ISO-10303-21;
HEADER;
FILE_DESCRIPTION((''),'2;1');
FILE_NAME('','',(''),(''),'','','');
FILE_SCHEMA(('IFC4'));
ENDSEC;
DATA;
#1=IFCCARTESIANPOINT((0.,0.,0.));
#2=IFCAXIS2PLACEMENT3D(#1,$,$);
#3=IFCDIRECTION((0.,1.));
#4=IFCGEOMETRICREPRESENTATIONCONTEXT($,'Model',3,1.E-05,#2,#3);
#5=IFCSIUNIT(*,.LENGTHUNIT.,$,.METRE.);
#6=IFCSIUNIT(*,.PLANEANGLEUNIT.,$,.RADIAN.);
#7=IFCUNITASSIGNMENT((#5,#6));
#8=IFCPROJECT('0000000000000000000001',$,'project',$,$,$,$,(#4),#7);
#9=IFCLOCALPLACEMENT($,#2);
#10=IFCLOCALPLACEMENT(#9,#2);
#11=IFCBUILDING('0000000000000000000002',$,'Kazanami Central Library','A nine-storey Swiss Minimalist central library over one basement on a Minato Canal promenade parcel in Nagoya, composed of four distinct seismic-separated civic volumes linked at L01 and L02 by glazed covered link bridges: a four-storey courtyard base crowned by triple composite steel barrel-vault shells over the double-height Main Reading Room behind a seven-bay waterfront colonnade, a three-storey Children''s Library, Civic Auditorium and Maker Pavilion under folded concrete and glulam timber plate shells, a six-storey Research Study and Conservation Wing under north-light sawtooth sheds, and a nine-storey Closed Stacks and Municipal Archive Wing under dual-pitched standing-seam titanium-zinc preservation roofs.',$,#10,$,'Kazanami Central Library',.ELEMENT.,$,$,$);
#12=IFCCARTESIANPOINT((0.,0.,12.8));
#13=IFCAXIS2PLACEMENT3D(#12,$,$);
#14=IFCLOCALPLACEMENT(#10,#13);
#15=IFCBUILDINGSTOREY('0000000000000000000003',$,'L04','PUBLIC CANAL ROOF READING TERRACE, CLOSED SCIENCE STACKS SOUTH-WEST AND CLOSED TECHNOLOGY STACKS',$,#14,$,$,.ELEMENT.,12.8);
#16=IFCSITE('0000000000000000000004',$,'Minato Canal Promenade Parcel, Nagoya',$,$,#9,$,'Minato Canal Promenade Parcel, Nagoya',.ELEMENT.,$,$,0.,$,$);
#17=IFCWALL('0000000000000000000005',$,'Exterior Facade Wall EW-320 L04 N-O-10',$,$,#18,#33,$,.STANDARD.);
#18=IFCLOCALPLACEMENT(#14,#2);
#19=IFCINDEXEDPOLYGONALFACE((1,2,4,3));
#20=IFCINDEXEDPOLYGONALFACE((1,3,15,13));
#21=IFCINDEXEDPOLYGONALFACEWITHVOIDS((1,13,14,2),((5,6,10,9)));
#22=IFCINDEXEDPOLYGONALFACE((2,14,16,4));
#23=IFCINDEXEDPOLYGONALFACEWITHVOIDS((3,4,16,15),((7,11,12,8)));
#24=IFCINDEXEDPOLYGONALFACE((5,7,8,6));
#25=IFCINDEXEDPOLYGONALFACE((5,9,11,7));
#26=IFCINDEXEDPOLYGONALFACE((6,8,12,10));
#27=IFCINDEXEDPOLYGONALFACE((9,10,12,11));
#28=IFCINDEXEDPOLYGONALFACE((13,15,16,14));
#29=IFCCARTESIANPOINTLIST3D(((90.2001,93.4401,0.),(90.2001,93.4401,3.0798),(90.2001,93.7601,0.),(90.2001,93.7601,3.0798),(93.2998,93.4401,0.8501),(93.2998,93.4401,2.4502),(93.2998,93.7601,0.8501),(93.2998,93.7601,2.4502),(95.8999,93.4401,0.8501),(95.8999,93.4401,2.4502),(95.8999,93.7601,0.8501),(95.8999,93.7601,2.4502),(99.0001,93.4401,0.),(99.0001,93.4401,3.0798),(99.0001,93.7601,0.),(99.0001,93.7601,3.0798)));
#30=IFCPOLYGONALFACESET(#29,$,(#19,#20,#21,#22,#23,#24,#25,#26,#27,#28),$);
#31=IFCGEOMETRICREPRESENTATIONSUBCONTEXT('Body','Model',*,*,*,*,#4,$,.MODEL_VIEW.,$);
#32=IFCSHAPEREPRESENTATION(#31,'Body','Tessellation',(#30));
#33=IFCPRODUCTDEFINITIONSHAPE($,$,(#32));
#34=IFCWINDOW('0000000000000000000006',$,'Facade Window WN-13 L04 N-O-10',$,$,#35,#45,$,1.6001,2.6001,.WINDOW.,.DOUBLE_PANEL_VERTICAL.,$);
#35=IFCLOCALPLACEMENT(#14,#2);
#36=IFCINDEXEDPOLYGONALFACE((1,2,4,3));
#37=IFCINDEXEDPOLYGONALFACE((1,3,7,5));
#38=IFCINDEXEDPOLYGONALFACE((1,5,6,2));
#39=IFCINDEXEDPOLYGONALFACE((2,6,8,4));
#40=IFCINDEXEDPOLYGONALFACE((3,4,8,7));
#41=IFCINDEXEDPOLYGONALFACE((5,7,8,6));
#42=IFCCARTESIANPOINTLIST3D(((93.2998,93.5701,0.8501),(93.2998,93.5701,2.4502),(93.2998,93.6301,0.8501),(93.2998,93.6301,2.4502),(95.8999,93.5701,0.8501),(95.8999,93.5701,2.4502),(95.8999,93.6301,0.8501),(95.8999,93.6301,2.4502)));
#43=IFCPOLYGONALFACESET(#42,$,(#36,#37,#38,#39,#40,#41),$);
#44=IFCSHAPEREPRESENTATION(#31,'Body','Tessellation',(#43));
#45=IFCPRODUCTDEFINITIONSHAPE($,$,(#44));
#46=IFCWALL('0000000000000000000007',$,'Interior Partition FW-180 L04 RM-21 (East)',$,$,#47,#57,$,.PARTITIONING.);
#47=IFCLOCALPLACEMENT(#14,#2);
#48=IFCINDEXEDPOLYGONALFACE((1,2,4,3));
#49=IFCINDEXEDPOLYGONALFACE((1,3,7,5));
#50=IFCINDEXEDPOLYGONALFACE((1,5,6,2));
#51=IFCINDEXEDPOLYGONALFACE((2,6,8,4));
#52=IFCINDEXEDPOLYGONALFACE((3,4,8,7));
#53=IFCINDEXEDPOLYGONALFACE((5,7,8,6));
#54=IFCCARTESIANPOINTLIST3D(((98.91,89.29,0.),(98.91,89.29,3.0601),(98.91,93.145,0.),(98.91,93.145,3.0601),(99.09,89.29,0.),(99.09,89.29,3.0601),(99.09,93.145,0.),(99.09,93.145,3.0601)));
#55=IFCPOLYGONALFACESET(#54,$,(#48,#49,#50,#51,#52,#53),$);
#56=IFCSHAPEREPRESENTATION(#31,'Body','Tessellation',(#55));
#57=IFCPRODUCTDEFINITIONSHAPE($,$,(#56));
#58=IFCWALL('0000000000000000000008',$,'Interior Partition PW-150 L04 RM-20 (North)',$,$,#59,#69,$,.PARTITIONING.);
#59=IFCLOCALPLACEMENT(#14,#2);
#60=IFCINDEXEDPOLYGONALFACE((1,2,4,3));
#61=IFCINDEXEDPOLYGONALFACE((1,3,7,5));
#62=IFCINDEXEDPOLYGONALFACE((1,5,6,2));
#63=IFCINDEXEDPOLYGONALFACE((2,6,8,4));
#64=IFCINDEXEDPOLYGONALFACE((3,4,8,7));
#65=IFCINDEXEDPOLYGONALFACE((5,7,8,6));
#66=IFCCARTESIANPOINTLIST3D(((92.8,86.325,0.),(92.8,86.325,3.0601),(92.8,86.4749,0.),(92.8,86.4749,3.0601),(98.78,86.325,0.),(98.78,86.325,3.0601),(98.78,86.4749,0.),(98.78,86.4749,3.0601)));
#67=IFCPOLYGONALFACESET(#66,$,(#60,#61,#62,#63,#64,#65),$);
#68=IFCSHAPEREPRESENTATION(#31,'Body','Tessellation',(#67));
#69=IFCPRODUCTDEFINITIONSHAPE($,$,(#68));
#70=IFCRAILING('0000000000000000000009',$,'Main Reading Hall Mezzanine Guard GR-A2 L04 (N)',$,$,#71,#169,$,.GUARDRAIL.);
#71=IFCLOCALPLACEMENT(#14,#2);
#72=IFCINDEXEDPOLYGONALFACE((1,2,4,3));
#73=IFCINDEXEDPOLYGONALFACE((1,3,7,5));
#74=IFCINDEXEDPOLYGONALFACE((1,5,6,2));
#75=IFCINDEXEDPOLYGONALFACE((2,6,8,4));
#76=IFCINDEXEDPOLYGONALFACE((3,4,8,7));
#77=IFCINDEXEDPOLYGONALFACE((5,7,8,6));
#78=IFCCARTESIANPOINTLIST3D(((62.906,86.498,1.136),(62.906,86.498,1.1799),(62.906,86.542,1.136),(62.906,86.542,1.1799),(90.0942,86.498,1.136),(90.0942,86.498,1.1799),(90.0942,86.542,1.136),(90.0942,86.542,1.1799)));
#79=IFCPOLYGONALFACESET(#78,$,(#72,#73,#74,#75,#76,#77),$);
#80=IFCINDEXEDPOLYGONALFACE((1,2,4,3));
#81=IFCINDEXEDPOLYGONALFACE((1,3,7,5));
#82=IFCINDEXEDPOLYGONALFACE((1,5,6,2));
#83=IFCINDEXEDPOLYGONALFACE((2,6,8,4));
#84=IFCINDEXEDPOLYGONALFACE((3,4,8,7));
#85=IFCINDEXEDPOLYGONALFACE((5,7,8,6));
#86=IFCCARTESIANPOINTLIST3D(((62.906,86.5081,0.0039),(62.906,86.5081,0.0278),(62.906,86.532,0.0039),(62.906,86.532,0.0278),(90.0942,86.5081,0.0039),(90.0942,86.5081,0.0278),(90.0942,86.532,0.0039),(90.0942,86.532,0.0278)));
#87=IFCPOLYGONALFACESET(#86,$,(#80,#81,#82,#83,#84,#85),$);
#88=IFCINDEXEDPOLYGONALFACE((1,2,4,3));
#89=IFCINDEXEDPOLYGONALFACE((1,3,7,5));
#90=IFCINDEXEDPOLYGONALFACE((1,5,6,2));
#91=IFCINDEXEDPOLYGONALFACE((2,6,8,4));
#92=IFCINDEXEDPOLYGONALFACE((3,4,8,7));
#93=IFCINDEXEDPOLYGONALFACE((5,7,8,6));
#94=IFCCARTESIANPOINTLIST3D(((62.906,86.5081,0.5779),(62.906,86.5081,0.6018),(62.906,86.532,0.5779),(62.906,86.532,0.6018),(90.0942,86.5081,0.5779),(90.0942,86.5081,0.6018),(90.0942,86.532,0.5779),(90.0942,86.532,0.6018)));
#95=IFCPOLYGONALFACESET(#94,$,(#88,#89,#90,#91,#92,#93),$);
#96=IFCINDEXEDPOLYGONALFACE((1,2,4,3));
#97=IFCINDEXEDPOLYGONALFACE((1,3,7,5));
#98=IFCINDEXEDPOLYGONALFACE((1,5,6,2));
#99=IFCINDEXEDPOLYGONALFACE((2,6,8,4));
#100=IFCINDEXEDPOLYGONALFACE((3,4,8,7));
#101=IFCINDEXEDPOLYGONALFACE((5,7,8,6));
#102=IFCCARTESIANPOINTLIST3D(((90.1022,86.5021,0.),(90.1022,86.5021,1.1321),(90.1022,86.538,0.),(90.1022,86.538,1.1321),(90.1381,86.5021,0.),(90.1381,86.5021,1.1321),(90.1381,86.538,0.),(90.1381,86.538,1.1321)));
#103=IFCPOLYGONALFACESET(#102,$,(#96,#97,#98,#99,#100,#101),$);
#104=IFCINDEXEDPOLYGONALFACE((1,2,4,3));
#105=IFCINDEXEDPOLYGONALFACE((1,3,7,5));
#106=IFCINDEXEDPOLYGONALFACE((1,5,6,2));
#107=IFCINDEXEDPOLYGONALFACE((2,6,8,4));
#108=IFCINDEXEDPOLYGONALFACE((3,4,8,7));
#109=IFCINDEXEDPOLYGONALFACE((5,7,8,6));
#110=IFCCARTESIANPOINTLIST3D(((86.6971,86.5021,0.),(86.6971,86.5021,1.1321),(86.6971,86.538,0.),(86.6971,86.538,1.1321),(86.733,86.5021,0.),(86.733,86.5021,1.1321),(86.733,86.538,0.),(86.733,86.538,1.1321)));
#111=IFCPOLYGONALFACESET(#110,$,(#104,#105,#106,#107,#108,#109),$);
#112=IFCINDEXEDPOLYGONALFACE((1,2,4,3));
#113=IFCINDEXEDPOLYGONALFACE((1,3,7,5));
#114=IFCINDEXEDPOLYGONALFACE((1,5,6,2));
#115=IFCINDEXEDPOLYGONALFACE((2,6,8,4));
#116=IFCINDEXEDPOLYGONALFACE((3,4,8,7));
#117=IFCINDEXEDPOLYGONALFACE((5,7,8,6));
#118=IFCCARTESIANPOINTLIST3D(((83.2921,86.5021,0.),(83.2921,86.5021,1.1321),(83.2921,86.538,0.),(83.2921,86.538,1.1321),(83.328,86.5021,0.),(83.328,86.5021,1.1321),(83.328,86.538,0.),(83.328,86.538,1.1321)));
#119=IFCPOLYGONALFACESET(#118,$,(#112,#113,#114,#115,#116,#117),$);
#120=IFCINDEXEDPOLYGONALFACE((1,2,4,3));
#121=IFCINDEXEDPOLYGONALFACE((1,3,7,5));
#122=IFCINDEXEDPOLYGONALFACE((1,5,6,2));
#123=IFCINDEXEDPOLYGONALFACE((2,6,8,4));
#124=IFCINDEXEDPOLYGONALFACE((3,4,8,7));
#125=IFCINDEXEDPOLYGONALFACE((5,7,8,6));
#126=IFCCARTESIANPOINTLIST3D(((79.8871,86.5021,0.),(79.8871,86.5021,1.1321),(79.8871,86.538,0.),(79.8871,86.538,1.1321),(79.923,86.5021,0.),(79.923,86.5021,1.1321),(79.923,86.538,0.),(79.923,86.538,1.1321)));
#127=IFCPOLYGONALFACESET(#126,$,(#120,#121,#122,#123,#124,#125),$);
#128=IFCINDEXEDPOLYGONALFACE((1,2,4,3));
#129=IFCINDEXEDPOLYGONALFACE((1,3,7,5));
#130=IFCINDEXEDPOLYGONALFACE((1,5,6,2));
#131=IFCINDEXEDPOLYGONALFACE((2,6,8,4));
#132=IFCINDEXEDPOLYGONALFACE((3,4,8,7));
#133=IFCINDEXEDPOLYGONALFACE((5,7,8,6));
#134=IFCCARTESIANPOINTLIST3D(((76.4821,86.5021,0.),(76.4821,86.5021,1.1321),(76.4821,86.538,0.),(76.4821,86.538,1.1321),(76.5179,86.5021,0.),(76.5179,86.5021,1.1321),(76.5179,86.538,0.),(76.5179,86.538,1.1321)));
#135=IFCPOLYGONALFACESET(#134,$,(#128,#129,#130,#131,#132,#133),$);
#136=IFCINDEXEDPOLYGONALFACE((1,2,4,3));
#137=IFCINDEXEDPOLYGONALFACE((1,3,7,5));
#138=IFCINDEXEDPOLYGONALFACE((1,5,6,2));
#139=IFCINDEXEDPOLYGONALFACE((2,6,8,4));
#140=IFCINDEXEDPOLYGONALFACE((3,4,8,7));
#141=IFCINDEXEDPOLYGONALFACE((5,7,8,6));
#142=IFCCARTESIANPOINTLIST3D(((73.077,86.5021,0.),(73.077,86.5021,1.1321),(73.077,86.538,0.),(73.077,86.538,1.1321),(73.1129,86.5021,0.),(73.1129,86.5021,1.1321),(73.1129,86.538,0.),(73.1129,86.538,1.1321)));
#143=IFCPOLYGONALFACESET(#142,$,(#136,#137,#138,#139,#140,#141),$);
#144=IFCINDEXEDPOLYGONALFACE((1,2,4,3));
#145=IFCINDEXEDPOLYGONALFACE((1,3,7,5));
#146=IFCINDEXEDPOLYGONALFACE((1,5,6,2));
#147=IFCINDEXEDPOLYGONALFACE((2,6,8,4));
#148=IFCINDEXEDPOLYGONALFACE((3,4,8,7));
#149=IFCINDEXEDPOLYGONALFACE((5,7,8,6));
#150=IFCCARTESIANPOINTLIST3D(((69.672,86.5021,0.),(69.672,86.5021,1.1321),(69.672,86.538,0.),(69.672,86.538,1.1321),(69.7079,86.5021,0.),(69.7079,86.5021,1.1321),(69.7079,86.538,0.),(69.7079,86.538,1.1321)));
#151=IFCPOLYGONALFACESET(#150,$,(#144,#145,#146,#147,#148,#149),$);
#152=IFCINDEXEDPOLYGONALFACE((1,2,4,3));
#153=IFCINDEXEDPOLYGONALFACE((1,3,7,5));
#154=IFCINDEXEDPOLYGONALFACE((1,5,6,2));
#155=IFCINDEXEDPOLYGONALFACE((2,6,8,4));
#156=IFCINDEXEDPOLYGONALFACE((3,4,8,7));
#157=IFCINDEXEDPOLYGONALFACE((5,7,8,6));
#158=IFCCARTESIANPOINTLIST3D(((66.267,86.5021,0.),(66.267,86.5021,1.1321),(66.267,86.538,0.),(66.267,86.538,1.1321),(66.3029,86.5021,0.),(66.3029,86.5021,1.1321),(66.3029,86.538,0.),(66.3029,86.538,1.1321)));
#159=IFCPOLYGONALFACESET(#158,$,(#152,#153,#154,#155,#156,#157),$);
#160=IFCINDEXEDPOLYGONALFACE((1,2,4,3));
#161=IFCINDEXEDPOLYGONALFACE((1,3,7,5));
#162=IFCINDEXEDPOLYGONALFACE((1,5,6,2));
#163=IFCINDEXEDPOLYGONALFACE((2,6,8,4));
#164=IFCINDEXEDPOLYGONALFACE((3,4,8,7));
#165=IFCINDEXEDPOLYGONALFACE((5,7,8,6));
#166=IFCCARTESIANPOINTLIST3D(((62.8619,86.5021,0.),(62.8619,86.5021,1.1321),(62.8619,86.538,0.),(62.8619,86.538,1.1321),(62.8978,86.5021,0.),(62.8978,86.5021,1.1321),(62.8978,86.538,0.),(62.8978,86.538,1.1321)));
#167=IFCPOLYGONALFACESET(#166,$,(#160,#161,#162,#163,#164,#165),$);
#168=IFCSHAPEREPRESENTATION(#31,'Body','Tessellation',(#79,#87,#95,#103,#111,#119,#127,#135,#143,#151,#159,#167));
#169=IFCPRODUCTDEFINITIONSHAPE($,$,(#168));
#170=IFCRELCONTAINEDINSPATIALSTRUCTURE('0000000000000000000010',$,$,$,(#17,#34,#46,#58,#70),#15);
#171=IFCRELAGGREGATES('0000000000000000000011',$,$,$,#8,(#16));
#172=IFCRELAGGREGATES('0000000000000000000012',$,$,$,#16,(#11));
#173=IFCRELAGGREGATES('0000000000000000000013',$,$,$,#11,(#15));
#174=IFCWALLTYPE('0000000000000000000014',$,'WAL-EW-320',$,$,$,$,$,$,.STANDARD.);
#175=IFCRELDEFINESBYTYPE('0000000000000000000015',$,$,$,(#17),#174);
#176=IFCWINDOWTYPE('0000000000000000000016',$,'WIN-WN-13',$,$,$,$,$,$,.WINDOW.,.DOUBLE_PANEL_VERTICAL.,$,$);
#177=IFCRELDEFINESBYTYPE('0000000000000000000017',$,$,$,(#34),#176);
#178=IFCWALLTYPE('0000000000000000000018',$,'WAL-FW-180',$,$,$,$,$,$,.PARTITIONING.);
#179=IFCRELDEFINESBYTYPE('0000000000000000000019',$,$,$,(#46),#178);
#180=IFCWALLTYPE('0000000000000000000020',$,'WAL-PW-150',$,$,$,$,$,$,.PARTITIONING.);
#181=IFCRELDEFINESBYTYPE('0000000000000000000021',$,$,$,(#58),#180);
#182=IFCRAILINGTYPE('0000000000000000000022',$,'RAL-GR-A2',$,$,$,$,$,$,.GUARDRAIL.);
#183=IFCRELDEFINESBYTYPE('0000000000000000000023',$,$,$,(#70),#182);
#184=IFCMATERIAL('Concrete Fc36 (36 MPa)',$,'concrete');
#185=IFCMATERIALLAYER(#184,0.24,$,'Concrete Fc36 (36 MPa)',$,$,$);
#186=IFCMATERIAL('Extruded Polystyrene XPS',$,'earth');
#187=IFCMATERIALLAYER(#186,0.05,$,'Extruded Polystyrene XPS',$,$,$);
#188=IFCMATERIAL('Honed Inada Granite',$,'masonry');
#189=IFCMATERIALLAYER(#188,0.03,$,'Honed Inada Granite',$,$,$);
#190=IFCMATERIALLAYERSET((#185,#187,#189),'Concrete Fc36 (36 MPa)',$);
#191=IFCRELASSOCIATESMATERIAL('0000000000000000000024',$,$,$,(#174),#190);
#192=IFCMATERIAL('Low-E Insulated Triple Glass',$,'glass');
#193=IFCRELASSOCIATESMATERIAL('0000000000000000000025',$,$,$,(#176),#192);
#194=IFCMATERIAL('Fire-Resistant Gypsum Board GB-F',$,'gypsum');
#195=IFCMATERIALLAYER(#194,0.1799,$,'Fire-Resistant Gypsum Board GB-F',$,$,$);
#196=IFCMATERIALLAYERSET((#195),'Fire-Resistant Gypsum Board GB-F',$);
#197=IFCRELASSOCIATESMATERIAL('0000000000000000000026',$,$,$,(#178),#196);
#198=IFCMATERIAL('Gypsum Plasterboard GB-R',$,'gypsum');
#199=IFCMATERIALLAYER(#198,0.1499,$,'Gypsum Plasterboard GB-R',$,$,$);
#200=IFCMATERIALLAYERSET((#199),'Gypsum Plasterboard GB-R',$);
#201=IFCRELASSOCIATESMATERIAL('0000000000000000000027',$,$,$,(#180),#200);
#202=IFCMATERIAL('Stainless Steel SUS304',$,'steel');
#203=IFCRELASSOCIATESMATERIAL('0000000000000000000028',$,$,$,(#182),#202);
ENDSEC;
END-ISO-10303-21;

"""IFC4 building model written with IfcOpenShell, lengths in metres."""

from ifc_helpers import new_model, si_unit, direction, frame, frame_2d, origin, origin_2d, place, context, subcontext, project, spatial, rectangle, extrude, material, layer, layer_set, type_object, element, fill, save


model = new_model("IFC4")

# Units and contexts
model_context = context("Model", 3, precision=1e-05, world=origin(), true_north=direction((0.0, 1.0)))
body_context = subcontext(model_context, "Body", "Model", "MODEL_VIEW")
ifc_project = project(units=[si_unit("LENGTHUNIT", "METRE"), si_unit("PLANEANGLEUNIT", "RADIAN")], contexts=[model_context])

# Site, building, storey
site_placement = place(None, origin())
site = spatial("IfcSite", under=ifc_project, at=site_placement, Name="Minato Canal Promenade Parcel, Nagoya", LongName="Minato Canal Promenade Parcel, Nagoya", CompositionType="ELEMENT", RefElevation=0.0)
building_placement = place(site_placement, origin())
building = spatial("IfcBuilding", under=site, at=building_placement, Name="Kazanami Central Library", Description="A nine-storey Swiss Minimalist central library over one basement on a Minato Canal promenade parcel in Nagoya, composed of four distinct seismic-separated civic volumes linked at L01 and L02 by glazed covered link bridges: a four-storey courtyard base crowned by triple composite steel barrel-vault shells over the double-height Main Reading Room behind a seven-bay waterfront colonnade, a three-storey Children's Library, Civic Auditorium and Maker Pavilion under folded concrete and glulam timber plate shells, a six-storey Research Study and Conservation Wing under north-light sawtooth sheds, and a nine-storey Closed Stacks and Municipal Archive Wing under dual-pitched standing-seam titanium-zinc preservation roofs.", LongName="Kazanami Central Library", CompositionType="ELEMENT")
storey_placement = place(building_placement, frame((0.0, 0.0, 12.8)))
storey = spatial("IfcBuildingStorey", under=building, at=storey_placement, Name="L04", Description="PUBLIC CANAL ROOF READING TERRACE, CLOSED SCIENCE STACKS SOUTH-WEST AND CLOSED TECHNOLOGY STACKS", CompositionType="ELEMENT", Elevation=12.8)

# Wall, opening, window
ifc_material_1 = material(Name="Concrete Fc36 (36 MPa)", Category="concrete")
ifc_layer_1 = layer(ifc_material_1, 0.24, Name="Concrete Fc36 (36 MPa)")
ifc_material_2 = material(Name="Extruded Polystyrene XPS", Category="earth")
ifc_layer_2 = layer(ifc_material_2, 0.05, Name="Extruded Polystyrene XPS")
ifc_material_3 = material(Name="Honed Inada Granite", Category="masonry")
ifc_layer_3 = layer(ifc_material_3, 0.03, Name="Honed Inada Granite")
ifc_layer_set_1 = layer_set([ifc_layer_1, ifc_layer_2, ifc_layer_3], Name="Concrete Fc36 (36 MPa)")
wall_type_1 = type_object("IfcWallType", Name="WAL-EW-320", PredefinedType="STANDARD", material=ifc_layer_set_1)
wall_1_placement = place(storey_placement, frame((99.0, 93.6001, 0.0), z_axis=(0.0, 0.0, 1.0), x_axis=(-1.0, 0.0, 0.0)))
wall_1 = element("IfcWall", 1, at=wall_1_placement, inside=storey, type_object=wall_type_1, Name="Exterior Facade Wall EW-320 L04 N-O-10", PredefinedType="STANDARD", context=body_context, shape_type="SweptSolid", body=[
    extrude(rectangle(XDim=8.8, YDim=0.3201, at=frame_2d((4.3999, 0.0))), origin(), (0.0, 0.0, 1.0), 3.0798),
])
opening_placement = place(wall_1_placement, frame((3.1001, 0.0, 0.8501)))
opening = element("IfcOpeningElement", 2, at=opening_placement, cuts=wall_1, PredefinedType="OPENING", context=body_context, shape_type="SweptSolid", body=[
    extrude(rectangle(XDim=2.6001, YDim=1.6001, at=frame_2d((1.3, 0.8))), frame((0.0, 0.1719, 0.0), z_axis=(0.0, -1.0, 0.0), x_axis=(1.0, 0.0, 0.0)), (0.0, 0.0, 1.0), 0.344),
])
ifc_material_4 = material(Name="Low-E Insulated Triple Glass", Category="glass")
window_type = type_object("IfcWindowType", Name="WIN-WN-13", PartitioningType="DOUBLE_PANEL_VERTICAL", PredefinedType="WINDOW", material=ifc_material_4)
window_placement = place(opening_placement, origin())
window = element("IfcWindow", 3, at=window_placement, inside=storey, type_object=window_type, Name="Facade Window WN-13 L04 N-O-10", OverallHeight=1.6001, OverallWidth=2.6001, PartitioningType="DOUBLE_PANEL_VERTICAL", PredefinedType="WINDOW", context=body_context, shape_type="SweptSolid", body=[
    extrude(rectangle(XDim=2.6001, YDim=1.6001, at=frame_2d((1.3, 0.8))), frame((0.0, 0.03, 0.0), z_axis=(0.0, -1.0, 0.0), x_axis=(1.0, 0.0, 0.0)), (0.0, 0.0, 1.0), 0.0601),
])
fill(opening, window)

# Walls
ifc_material_5 = material(Name="Fire-Resistant Gypsum Board GB-F", Category="gypsum")
ifc_layer_4 = layer(ifc_material_5, 0.1799, Name="Fire-Resistant Gypsum Board GB-F")
ifc_layer_set_2 = layer_set([ifc_layer_4], Name="Fire-Resistant Gypsum Board GB-F")
wall_type_2 = type_object("IfcWallType", Name="WAL-FW-180", PredefinedType="PARTITIONING", material=ifc_layer_set_2)
wall_2_placement = place(storey_placement, frame((99.0, 89.29, 0.0), z_axis=(0.0, 0.0, 1.0), x_axis=(0.0, 1.0, 0.0)))
element("IfcWall", 4, at=wall_2_placement, inside=storey, type_object=wall_type_2, Name="Interior Partition FW-180 L04 RM-21 (East)", PredefinedType="PARTITIONING", context=body_context, shape_type="SweptSolid", body=[
    extrude(rectangle(XDim=3.855, YDim=0.1799, at=frame_2d((1.9275, 0.0))), origin(), (0.0, 0.0, 1.0), 3.0601),
])
ifc_material_6 = material(Name="Gypsum Plasterboard GB-R", Category="gypsum")
ifc_layer_5 = layer(ifc_material_6, 0.1499, Name="Gypsum Plasterboard GB-R")
ifc_layer_set_3 = layer_set([ifc_layer_5], Name="Gypsum Plasterboard GB-R")
wall_type_3 = type_object("IfcWallType", Name="WAL-PW-150", PredefinedType="PARTITIONING", material=ifc_layer_set_3)
wall_3_placement = place(storey_placement, frame((92.8, 86.3999, 0.0), z_axis=(0.0, 0.0, 1.0), x_axis=(1.0, 0.0, 0.0)))
element("IfcWall", 5, at=wall_3_placement, inside=storey, type_object=wall_type_3, Name="Interior Partition PW-150 L04 RM-20 (North)", PredefinedType="PARTITIONING", context=body_context, shape_type="SweptSolid", body=[
    extrude(rectangle(XDim=5.98, YDim=0.1499, at=frame_2d((2.99, 0.0))), origin(), (0.0, 0.0, 1.0), 3.0601),
])

# Railing
ifc_material_7 = material(Name="Stainless Steel SUS304", Category="steel")
railing_type = type_object("IfcRailingType", Name="RAL-GR-A2", PredefinedType="GUARDRAIL", material=ifc_material_7)
railing_placement = place(storey_placement, frame((90.1201, 86.52, 0.0)))
element("IfcRailing", 6, at=railing_placement, inside=storey, type_object=railing_type, Name="Main Reading Hall Mezzanine Guard GR-A2 L04 (N)", PredefinedType="GUARDRAIL", context=body_context, shape_type="SweptSolid", body=[
    extrude(rectangle(XDim=0.0439, YDim=0.0439, at=origin_2d()), frame((-0.0259, 0.0, 1.158), z_axis=(-1.0, 0.0, 0.0), x_axis=(0.0, -1.0, 0.0)), (0.0, 0.0, 1.0), 27.1882),
    extrude(rectangle(XDim=0.0239, YDim=0.0239, at=origin_2d()), frame((-0.0259, 0.0, 0.0159), z_axis=(-1.0, 0.0, 0.0), x_axis=(0.0, -1.0, 0.0)), (0.0, 0.0, 1.0), 27.1882),
    extrude(rectangle(XDim=0.0239, YDim=0.0239, at=origin_2d()), frame((-0.0259, 0.0, 0.5898), z_axis=(-1.0, 0.0, 0.0), x_axis=(0.0, -1.0, 0.0)), (0.0, 0.0, 1.0), 27.1882),
    extrude(rectangle(XDim=0.0359, YDim=0.0359, at=origin_2d()), origin(), (0.0, 0.0, 1.0), 1.1321),
    extrude(rectangle(XDim=0.0359, YDim=0.0359, at=origin_2d()), frame((-3.405, 0.0, 0.0)), (0.0, 0.0, 1.0), 1.1321),
    extrude(rectangle(XDim=0.0359, YDim=0.0359, at=origin_2d()), frame((-6.8101, 0.0, 0.0)), (0.0, 0.0, 1.0), 1.1321),
    extrude(rectangle(XDim=0.0359, YDim=0.0359, at=origin_2d()), frame((-10.2151, 0.0, 0.0)), (0.0, 0.0, 1.0), 1.1321),
    extrude(rectangle(XDim=0.0359, YDim=0.0359, at=origin_2d()), frame((-13.6201, 0.0, 0.0)), (0.0, 0.0, 1.0), 1.1321),
    extrude(rectangle(XDim=0.0359, YDim=0.0359, at=origin_2d()), frame((-17.0251, 0.0, 0.0)), (0.0, 0.0, 1.0), 1.1321),
    extrude(rectangle(XDim=0.0359, YDim=0.0359, at=origin_2d()), frame((-20.4302, 0.0, 0.0)), (0.0, 0.0, 1.0), 1.1321),
    extrude(rectangle(XDim=0.0359, YDim=0.0359, at=origin_2d()), frame((-23.8352, 0.0, 0.0)), (0.0, 0.0, 1.0), 1.1321),
    extrude(rectangle(XDim=0.0359, YDim=0.0359, at=origin_2d()), frame((-27.2402, 0.0, 0.0)), (0.0, 0.0, 1.0), 1.1321),
])

save(model, "model.ifc")
